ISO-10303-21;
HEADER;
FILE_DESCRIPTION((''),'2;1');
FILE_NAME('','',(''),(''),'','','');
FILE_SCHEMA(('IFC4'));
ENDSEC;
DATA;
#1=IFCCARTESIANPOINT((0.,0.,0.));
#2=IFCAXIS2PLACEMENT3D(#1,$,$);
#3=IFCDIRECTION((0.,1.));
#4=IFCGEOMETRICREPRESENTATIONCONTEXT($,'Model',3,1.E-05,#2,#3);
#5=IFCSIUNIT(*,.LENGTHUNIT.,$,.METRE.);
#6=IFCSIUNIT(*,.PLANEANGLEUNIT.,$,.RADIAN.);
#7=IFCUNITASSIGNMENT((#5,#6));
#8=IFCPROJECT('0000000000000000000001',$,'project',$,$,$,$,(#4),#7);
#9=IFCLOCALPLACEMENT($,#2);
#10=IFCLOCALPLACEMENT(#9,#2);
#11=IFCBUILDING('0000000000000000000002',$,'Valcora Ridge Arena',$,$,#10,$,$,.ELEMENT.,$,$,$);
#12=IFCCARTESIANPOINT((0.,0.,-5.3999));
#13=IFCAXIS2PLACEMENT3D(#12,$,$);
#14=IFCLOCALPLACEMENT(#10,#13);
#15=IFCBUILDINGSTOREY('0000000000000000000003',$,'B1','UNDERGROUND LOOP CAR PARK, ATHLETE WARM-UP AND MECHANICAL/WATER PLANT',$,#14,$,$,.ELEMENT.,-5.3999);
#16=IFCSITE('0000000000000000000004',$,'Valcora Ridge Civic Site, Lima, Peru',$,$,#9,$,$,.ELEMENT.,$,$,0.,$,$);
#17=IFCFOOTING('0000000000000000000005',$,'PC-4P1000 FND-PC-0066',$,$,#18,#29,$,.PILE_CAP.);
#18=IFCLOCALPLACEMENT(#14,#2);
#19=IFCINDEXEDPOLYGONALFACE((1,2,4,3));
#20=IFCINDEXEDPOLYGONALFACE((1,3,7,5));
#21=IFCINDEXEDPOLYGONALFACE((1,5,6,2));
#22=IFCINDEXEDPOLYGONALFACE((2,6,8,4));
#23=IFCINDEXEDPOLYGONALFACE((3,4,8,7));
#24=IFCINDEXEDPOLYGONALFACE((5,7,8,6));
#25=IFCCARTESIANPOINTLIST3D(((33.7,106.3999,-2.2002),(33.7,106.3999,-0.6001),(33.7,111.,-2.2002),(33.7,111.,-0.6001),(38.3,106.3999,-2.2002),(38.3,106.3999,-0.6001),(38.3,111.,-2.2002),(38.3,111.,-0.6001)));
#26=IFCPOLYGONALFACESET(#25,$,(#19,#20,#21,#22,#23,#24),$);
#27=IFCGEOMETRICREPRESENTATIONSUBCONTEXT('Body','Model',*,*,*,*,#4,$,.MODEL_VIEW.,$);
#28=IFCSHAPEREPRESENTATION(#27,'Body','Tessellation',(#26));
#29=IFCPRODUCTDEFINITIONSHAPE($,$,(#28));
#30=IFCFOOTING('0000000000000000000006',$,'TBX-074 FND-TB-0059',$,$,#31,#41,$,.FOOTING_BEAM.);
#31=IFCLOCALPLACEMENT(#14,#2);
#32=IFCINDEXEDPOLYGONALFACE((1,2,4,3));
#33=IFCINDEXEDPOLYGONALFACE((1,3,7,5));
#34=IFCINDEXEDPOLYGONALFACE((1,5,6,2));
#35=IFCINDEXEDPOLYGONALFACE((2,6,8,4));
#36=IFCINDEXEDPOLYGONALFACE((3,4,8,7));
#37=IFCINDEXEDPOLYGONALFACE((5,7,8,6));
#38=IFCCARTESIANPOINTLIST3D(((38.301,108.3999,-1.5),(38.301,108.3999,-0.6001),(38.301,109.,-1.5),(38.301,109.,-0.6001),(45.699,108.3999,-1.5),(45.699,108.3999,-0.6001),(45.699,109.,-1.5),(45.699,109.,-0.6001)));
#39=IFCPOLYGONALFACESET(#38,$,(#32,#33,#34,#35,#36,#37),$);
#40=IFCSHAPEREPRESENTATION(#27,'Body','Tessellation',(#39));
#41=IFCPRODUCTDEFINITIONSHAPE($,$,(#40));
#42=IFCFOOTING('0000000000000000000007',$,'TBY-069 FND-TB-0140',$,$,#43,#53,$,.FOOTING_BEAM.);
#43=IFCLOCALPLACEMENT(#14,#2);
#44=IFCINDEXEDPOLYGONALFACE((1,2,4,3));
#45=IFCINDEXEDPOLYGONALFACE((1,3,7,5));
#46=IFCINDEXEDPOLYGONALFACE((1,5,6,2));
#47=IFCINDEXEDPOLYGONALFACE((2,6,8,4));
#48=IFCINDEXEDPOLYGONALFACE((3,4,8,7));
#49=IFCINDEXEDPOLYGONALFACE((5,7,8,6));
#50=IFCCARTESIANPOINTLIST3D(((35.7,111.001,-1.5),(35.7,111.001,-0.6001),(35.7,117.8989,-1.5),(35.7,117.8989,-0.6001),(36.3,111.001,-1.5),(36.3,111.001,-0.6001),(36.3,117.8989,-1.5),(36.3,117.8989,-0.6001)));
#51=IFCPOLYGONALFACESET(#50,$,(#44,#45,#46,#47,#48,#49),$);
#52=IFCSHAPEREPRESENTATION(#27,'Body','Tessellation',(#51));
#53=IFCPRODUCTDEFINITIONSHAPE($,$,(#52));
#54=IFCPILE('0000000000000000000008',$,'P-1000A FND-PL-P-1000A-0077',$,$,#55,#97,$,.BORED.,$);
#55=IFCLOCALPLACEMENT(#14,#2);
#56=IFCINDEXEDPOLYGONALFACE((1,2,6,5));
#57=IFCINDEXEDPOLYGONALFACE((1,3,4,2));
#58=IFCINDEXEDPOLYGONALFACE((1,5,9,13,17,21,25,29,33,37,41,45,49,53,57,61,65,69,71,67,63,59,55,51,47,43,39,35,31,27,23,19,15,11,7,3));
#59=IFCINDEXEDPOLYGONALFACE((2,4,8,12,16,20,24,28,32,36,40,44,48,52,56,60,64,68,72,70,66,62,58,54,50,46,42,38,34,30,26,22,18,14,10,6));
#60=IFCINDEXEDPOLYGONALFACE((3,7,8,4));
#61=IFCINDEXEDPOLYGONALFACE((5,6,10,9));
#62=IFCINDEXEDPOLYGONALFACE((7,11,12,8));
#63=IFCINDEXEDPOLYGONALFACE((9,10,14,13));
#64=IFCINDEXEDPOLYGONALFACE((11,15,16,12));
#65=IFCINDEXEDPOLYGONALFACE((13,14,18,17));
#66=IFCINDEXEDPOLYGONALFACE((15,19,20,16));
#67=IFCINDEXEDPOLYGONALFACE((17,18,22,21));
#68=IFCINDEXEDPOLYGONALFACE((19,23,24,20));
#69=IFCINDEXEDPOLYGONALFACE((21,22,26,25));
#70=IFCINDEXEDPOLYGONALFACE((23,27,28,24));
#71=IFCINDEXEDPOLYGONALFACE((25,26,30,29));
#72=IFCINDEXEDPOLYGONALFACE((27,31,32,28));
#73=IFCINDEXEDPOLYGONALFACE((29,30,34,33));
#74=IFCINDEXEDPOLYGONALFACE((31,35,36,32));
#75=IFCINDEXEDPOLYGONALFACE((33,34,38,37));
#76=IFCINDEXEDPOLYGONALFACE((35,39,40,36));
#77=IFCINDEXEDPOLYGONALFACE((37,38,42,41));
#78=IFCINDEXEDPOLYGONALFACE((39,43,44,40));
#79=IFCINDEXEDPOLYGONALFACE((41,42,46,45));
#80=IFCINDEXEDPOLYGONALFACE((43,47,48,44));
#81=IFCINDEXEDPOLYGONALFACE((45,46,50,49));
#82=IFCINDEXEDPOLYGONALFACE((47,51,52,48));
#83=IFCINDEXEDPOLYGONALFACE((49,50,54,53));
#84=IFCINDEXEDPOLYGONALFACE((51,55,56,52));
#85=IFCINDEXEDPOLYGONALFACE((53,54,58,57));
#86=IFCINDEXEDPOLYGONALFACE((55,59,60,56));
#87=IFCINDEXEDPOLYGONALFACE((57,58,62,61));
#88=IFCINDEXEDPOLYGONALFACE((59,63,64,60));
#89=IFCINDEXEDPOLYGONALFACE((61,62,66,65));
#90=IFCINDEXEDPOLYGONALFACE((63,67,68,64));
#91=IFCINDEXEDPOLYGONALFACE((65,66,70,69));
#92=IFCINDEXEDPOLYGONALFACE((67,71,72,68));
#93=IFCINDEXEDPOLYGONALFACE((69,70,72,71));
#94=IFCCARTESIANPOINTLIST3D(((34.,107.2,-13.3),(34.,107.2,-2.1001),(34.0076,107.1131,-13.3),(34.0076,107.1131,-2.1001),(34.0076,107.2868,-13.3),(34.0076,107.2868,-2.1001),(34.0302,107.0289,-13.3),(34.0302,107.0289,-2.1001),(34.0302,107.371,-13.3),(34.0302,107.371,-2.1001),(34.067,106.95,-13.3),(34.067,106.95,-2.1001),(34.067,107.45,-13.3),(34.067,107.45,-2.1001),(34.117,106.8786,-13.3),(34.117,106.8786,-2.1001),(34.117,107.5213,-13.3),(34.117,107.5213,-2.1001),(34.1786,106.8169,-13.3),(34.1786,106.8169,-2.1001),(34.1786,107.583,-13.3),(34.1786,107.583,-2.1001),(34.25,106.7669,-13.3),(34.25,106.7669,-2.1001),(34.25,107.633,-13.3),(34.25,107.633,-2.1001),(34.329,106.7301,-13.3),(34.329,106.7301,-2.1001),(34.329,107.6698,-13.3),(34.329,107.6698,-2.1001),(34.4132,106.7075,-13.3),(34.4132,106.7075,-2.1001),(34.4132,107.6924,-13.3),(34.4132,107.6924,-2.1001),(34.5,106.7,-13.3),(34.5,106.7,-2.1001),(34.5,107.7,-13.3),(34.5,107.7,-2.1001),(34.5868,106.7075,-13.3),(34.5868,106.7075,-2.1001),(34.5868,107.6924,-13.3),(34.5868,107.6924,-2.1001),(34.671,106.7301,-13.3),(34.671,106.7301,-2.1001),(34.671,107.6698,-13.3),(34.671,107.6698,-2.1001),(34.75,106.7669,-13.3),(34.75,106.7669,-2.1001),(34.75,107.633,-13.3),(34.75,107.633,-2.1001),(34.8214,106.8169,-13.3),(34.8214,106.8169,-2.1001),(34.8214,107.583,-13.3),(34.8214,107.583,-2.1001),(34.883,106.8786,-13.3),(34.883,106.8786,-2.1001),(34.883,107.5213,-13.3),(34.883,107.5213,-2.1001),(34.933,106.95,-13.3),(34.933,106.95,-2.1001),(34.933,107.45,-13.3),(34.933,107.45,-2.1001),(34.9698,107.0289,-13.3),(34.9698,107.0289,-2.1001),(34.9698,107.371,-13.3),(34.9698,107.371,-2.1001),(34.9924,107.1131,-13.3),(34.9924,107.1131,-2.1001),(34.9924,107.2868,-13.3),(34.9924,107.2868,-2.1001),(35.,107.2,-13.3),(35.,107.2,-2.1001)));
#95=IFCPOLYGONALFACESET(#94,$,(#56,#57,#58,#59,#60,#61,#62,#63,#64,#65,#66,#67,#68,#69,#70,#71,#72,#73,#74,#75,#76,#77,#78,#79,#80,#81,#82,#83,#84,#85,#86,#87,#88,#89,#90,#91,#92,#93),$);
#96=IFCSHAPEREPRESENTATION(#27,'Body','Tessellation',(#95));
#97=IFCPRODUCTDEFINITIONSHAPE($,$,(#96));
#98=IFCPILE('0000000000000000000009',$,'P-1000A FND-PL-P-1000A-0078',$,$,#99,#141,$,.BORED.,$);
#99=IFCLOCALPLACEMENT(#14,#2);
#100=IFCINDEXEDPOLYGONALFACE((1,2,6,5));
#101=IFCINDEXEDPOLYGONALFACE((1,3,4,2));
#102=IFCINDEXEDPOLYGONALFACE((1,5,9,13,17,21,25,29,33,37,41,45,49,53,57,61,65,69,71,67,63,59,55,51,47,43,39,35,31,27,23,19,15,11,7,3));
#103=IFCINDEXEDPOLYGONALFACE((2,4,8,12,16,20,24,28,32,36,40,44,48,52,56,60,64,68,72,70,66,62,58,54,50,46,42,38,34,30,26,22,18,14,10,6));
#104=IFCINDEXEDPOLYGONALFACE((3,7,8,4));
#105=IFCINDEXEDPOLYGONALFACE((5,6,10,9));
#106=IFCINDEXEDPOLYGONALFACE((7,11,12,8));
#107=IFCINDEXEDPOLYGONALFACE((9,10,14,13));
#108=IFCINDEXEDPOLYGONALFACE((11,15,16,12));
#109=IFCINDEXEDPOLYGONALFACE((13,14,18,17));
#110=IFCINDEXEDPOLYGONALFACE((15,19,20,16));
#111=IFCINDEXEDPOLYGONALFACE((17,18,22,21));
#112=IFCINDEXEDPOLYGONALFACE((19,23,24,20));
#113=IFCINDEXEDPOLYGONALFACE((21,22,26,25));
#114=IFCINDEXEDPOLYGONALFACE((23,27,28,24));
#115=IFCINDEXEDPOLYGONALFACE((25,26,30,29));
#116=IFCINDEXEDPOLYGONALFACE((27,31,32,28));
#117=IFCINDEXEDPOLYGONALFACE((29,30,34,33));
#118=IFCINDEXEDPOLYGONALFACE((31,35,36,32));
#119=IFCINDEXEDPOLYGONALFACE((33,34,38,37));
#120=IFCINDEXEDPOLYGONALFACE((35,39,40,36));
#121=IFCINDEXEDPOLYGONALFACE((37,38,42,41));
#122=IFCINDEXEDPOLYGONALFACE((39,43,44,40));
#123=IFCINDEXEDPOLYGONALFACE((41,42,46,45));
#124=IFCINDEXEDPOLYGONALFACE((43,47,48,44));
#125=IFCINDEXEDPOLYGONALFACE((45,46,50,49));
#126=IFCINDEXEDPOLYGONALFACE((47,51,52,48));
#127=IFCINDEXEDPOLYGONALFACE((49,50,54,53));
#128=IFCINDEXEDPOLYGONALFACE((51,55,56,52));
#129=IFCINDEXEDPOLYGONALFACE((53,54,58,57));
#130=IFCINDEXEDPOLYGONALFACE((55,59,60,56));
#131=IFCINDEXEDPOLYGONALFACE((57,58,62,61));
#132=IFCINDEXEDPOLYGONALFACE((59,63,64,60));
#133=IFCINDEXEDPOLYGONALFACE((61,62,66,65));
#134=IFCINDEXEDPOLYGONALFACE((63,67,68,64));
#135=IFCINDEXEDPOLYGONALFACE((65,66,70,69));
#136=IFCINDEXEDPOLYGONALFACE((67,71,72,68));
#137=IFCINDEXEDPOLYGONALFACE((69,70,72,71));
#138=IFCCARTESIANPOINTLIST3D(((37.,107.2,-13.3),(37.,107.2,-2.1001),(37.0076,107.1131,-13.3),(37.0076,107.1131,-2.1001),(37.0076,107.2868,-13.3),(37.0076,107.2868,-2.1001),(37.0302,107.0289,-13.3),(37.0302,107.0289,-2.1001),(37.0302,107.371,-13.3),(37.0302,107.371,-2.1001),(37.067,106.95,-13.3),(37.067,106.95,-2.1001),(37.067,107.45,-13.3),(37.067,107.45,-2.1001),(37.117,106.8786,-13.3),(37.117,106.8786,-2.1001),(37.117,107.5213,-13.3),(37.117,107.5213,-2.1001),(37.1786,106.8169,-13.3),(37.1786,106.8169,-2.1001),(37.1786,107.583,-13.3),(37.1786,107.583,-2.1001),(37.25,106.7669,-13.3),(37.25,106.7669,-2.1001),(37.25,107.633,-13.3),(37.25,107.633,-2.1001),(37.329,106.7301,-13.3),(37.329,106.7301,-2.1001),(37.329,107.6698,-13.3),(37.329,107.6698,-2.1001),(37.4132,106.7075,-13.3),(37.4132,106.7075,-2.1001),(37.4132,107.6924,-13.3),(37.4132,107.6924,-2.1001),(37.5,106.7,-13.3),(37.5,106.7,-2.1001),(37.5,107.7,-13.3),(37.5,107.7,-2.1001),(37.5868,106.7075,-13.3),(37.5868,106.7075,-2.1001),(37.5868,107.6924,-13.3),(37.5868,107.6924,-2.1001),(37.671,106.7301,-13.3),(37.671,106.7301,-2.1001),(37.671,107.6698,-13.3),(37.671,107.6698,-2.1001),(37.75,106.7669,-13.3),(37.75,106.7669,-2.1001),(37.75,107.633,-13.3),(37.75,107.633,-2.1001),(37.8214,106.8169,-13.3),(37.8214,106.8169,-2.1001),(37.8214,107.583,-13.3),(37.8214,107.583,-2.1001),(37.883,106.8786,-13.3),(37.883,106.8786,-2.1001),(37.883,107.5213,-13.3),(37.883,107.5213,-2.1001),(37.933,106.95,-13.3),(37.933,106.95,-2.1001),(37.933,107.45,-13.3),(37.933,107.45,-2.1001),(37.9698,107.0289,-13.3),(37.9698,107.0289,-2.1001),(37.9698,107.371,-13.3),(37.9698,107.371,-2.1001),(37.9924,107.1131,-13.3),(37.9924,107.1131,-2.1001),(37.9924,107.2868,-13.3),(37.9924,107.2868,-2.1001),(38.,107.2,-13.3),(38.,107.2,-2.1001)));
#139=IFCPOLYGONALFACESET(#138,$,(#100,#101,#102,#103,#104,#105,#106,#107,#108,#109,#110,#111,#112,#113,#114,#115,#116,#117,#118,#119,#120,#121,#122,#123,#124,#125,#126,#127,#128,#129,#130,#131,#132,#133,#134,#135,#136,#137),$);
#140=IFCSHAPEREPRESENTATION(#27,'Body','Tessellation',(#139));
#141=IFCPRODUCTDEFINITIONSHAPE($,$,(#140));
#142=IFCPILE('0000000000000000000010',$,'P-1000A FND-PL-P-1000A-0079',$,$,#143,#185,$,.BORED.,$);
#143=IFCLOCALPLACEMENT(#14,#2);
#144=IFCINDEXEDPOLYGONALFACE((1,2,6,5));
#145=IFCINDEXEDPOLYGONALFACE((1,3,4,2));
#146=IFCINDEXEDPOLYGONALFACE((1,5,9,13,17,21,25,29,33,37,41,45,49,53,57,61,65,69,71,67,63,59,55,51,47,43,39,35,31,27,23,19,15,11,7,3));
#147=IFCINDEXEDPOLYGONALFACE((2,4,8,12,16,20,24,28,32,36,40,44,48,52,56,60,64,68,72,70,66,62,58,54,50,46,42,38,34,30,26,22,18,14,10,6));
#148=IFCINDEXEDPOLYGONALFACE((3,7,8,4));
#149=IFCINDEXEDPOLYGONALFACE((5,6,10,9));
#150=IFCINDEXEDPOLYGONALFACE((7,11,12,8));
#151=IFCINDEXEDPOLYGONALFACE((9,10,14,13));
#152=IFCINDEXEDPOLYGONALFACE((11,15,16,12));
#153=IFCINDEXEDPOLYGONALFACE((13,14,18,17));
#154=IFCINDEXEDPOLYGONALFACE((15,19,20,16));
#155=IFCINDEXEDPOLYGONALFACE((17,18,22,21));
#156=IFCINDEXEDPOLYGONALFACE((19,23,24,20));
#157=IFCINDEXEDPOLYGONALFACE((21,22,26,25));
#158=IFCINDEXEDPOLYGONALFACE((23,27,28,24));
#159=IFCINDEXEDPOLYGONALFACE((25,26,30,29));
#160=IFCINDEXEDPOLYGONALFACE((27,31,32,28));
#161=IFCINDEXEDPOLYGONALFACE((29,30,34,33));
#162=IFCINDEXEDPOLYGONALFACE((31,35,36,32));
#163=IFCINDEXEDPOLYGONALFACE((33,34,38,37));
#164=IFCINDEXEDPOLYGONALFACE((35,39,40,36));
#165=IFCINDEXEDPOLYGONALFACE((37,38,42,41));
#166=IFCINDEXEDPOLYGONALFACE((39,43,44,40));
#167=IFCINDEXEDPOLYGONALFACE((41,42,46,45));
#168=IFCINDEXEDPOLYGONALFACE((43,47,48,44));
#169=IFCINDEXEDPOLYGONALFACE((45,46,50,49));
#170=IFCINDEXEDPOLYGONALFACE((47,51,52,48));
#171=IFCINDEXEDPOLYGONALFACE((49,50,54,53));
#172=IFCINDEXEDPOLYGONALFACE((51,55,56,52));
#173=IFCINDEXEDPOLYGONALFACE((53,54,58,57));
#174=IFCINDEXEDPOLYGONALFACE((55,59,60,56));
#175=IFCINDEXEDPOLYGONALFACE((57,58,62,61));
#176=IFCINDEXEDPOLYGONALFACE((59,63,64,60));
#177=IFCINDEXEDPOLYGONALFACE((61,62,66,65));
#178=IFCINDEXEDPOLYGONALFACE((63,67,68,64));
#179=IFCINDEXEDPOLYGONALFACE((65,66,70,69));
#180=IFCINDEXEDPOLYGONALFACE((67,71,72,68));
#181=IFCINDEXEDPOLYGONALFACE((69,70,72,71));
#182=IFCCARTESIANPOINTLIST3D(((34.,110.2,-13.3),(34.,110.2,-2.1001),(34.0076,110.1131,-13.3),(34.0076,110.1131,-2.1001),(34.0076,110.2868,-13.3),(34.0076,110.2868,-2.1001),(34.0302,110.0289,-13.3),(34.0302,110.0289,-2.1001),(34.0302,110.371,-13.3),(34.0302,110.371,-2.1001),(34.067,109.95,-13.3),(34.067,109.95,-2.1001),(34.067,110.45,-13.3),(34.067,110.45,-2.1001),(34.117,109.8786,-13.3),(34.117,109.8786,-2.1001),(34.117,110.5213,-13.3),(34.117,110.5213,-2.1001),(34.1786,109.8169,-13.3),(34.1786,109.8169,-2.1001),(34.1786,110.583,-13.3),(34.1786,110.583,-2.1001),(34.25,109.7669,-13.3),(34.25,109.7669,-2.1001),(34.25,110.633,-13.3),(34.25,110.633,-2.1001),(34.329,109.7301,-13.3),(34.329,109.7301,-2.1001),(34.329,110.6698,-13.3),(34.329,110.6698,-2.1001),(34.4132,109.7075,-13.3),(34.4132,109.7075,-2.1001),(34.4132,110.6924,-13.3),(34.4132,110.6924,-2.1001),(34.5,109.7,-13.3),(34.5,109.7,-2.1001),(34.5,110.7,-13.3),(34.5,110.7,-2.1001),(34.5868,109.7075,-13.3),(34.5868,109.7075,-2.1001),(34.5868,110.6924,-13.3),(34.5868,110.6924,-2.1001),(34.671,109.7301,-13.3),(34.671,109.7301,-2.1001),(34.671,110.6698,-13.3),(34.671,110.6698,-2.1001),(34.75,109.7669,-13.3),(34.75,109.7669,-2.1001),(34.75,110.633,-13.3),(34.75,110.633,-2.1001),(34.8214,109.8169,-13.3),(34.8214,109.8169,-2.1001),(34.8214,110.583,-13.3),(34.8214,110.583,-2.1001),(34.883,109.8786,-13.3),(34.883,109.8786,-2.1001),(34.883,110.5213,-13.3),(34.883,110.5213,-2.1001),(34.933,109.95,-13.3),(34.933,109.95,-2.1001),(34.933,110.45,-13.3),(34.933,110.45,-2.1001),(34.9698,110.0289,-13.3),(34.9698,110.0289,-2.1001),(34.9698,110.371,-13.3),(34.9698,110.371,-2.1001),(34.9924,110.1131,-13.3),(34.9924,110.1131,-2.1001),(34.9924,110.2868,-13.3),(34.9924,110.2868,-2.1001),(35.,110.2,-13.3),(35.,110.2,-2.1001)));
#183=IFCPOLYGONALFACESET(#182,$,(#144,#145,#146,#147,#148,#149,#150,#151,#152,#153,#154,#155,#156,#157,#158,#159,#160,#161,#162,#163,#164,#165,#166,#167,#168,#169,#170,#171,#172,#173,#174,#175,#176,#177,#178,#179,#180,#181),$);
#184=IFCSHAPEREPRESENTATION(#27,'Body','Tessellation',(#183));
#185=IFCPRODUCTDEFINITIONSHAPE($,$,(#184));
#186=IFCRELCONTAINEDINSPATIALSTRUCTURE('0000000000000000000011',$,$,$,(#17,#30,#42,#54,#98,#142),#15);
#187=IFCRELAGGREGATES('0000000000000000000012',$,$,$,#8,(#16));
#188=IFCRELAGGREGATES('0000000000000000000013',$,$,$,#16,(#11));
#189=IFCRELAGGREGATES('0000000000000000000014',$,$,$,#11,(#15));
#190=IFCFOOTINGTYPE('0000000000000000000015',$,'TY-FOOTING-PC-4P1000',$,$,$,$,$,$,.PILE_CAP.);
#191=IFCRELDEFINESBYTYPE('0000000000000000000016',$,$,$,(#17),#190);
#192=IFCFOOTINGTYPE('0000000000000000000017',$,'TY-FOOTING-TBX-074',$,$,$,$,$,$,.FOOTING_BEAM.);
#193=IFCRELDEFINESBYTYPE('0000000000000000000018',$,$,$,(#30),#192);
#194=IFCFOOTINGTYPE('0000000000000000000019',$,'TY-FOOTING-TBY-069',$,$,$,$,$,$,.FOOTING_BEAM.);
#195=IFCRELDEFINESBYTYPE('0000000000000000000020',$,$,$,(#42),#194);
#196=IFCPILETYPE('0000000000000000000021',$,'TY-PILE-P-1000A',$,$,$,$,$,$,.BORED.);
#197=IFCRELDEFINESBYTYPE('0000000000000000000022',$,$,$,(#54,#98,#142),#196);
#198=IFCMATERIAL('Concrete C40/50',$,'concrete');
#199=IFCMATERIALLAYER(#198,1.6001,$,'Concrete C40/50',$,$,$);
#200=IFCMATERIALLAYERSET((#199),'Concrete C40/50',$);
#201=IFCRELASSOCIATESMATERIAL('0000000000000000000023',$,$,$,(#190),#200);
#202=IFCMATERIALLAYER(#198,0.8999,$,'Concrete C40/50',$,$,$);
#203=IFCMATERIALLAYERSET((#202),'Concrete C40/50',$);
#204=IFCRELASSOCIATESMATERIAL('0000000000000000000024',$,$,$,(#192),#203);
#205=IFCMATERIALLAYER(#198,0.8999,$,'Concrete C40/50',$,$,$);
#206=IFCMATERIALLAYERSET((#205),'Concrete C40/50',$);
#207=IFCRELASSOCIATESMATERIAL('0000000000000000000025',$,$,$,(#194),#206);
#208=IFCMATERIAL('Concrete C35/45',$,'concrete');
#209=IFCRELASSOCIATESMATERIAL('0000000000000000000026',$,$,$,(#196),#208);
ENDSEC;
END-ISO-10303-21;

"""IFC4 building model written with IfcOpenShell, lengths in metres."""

from ifc_helpers import new_model, si_unit, direction, frame, origin, origin_2d, place, context, subcontext, project, spatial, rectangle, circle, extrude, material, layer, layer_set, material_profile, profile_set, type_object, element, save


model = new_model("IFC4")

# Units and contexts
model_context = context("Model", 3, precision=1e-05, world=origin(), true_north=direction((0.0, 1.0)))
body_context = subcontext(model_context, "Body", "Model", "MODEL_VIEW")
ifc_project = project(units=[si_unit("LENGTHUNIT", "METRE"), si_unit("PLANEANGLEUNIT", "RADIAN")], contexts=[model_context])

# Site, building, storey
site_placement = place(None, origin())
site = spatial("IfcSite", under=ifc_project, at=site_placement, Name="Valcora Ridge Civic Site, Lima, Peru", CompositionType="ELEMENT", RefElevation=0.0)
building_placement = place(site_placement, origin())
building = spatial("IfcBuilding", under=site, at=building_placement, Name="Valcora Ridge Arena", CompositionType="ELEMENT")
storey_placement = place(building_placement, frame((0.0, 0.0, -5.3999)))
storey = spatial("IfcBuildingStorey", under=building, at=storey_placement, Name="B1", Description="UNDERGROUND LOOP CAR PARK, ATHLETE WARM-UP AND MECHANICAL/WATER PLANT", CompositionType="ELEMENT", Elevation=-5.3999)

# Footings
ifc_material_1 = material(Name="Concrete C40/50", Category="concrete")
ifc_layer_1 = layer(ifc_material_1, 1.6001, Name="Concrete C40/50")
ifc_layer_set_1 = layer_set([ifc_layer_1], Name="Concrete C40/50")
footing_type_1 = type_object("IfcFootingType", Name="TY-FOOTING-PC-4P1000", PredefinedType="PILE_CAP", material=ifc_layer_set_1)
footing_1_placement = place(storey_placement, frame((36.0, 108.7, -2.2002), z_axis=(0.0, 0.0, 1.0), x_axis=(1.0, 0.0, 0.0)))
element("IfcFooting", 1, at=footing_1_placement, inside=storey, type_object=footing_type_1, Name="PC-4P1000 FND-PC-0066", PredefinedType="PILE_CAP", context=body_context, shape_type="SweptSolid", body=[
    extrude(rectangle(XDim=4.6001, YDim=4.6001, at=origin_2d()), origin(), (0.0, 0.0, 1.0), 1.6001),
])
ifc_layer_2 = layer(ifc_material_1, 0.8999, Name="Concrete C40/50")
ifc_layer_set_2 = layer_set([ifc_layer_2], Name="Concrete C40/50")
footing_type_2 = type_object("IfcFootingType", Name="TY-FOOTING-TBX-074", PredefinedType="FOOTING_BEAM", material=ifc_layer_set_2)
footing_2_placement = place(storey_placement, frame((42.0, 108.7, -1.5), z_axis=(0.0, 0.0, 1.0), x_axis=(1.0, 0.0, 0.0)))
element("IfcFooting", 2, at=footing_2_placement, inside=storey, type_object=footing_type_2, Name="TBX-074 FND-TB-0059", PredefinedType="FOOTING_BEAM", context=body_context, shape_type="SweptSolid", body=[
    extrude(rectangle(XDim=7.3979, YDim=0.6001, at=origin_2d()), origin(), (0.0, 0.0, 1.0), 0.8999),
])
ifc_layer_3 = layer(ifc_material_1, 0.8999, Name="Concrete C40/50")
ifc_layer_set_3 = layer_set([ifc_layer_3], Name="Concrete C40/50")
footing_type_3 = type_object("IfcFootingType", Name="TY-FOOTING-TBY-069", PredefinedType="FOOTING_BEAM", material=ifc_layer_set_3)
footing_3_placement = place(storey_placement, frame((36.0, 114.45, -1.5), z_axis=(0.0, 0.0, 1.0), x_axis=(1.0, 0.0, 0.0)))
element("IfcFooting", 3, at=footing_3_placement, inside=storey, type_object=footing_type_3, Name="TBY-069 FND-TB-0140", PredefinedType="FOOTING_BEAM", context=body_context, shape_type="SweptSolid", body=[
    extrude(rectangle(XDim=0.6001, YDim=6.8979, at=origin_2d()), origin(), (0.0, 0.0, 1.0), 0.8999),
])

# Piles
ifc_material_2 = material(Name="Concrete C35/45", Category="concrete")
ifc_material_profile_1 = material_profile(ifc_material_2, circle(Radius=0.5, at=origin_2d()), Name="BORED PILE D1000")
ifc_profile_set_1 = profile_set([ifc_material_profile_1], Name="Concrete C35/45")
pile_type = type_object("IfcPileType", Name="TY-PILE-P-1000A", PredefinedType="BORED", material=ifc_profile_set_1)
for number, where, z_axis, x_axis, name in (
    (4, (34.5, 107.2, -2.1001), (0.0, 0.0, -1.0), (1.0, 0.0, 0.0), "P-1000A FND-PL-P-1000A-0077"),
    (5, (37.5, 107.2, -2.1001), (0.0, 0.0, -1.0), (1.0, 0.0, 0.0), "P-1000A FND-PL-P-1000A-0078"),
    (6, (34.5, 110.2, -2.1001), (0.0, 0.0, -1.0), (1.0, 0.0, 0.0), "P-1000A FND-PL-P-1000A-0079"),
):
    element("IfcPile", number, at=place(storey_placement, frame(where, z_axis=z_axis, x_axis=x_axis)), inside=storey, type_object=pile_type, Name=name, PredefinedType="BORED", context=body_context, shape_type="SweptSolid", body=[
        extrude(circle(Radius=0.5, at=origin_2d()), origin(), (0.0, 0.0, 1.0), 11.2),
    ])

save(model, "model.ifc")
